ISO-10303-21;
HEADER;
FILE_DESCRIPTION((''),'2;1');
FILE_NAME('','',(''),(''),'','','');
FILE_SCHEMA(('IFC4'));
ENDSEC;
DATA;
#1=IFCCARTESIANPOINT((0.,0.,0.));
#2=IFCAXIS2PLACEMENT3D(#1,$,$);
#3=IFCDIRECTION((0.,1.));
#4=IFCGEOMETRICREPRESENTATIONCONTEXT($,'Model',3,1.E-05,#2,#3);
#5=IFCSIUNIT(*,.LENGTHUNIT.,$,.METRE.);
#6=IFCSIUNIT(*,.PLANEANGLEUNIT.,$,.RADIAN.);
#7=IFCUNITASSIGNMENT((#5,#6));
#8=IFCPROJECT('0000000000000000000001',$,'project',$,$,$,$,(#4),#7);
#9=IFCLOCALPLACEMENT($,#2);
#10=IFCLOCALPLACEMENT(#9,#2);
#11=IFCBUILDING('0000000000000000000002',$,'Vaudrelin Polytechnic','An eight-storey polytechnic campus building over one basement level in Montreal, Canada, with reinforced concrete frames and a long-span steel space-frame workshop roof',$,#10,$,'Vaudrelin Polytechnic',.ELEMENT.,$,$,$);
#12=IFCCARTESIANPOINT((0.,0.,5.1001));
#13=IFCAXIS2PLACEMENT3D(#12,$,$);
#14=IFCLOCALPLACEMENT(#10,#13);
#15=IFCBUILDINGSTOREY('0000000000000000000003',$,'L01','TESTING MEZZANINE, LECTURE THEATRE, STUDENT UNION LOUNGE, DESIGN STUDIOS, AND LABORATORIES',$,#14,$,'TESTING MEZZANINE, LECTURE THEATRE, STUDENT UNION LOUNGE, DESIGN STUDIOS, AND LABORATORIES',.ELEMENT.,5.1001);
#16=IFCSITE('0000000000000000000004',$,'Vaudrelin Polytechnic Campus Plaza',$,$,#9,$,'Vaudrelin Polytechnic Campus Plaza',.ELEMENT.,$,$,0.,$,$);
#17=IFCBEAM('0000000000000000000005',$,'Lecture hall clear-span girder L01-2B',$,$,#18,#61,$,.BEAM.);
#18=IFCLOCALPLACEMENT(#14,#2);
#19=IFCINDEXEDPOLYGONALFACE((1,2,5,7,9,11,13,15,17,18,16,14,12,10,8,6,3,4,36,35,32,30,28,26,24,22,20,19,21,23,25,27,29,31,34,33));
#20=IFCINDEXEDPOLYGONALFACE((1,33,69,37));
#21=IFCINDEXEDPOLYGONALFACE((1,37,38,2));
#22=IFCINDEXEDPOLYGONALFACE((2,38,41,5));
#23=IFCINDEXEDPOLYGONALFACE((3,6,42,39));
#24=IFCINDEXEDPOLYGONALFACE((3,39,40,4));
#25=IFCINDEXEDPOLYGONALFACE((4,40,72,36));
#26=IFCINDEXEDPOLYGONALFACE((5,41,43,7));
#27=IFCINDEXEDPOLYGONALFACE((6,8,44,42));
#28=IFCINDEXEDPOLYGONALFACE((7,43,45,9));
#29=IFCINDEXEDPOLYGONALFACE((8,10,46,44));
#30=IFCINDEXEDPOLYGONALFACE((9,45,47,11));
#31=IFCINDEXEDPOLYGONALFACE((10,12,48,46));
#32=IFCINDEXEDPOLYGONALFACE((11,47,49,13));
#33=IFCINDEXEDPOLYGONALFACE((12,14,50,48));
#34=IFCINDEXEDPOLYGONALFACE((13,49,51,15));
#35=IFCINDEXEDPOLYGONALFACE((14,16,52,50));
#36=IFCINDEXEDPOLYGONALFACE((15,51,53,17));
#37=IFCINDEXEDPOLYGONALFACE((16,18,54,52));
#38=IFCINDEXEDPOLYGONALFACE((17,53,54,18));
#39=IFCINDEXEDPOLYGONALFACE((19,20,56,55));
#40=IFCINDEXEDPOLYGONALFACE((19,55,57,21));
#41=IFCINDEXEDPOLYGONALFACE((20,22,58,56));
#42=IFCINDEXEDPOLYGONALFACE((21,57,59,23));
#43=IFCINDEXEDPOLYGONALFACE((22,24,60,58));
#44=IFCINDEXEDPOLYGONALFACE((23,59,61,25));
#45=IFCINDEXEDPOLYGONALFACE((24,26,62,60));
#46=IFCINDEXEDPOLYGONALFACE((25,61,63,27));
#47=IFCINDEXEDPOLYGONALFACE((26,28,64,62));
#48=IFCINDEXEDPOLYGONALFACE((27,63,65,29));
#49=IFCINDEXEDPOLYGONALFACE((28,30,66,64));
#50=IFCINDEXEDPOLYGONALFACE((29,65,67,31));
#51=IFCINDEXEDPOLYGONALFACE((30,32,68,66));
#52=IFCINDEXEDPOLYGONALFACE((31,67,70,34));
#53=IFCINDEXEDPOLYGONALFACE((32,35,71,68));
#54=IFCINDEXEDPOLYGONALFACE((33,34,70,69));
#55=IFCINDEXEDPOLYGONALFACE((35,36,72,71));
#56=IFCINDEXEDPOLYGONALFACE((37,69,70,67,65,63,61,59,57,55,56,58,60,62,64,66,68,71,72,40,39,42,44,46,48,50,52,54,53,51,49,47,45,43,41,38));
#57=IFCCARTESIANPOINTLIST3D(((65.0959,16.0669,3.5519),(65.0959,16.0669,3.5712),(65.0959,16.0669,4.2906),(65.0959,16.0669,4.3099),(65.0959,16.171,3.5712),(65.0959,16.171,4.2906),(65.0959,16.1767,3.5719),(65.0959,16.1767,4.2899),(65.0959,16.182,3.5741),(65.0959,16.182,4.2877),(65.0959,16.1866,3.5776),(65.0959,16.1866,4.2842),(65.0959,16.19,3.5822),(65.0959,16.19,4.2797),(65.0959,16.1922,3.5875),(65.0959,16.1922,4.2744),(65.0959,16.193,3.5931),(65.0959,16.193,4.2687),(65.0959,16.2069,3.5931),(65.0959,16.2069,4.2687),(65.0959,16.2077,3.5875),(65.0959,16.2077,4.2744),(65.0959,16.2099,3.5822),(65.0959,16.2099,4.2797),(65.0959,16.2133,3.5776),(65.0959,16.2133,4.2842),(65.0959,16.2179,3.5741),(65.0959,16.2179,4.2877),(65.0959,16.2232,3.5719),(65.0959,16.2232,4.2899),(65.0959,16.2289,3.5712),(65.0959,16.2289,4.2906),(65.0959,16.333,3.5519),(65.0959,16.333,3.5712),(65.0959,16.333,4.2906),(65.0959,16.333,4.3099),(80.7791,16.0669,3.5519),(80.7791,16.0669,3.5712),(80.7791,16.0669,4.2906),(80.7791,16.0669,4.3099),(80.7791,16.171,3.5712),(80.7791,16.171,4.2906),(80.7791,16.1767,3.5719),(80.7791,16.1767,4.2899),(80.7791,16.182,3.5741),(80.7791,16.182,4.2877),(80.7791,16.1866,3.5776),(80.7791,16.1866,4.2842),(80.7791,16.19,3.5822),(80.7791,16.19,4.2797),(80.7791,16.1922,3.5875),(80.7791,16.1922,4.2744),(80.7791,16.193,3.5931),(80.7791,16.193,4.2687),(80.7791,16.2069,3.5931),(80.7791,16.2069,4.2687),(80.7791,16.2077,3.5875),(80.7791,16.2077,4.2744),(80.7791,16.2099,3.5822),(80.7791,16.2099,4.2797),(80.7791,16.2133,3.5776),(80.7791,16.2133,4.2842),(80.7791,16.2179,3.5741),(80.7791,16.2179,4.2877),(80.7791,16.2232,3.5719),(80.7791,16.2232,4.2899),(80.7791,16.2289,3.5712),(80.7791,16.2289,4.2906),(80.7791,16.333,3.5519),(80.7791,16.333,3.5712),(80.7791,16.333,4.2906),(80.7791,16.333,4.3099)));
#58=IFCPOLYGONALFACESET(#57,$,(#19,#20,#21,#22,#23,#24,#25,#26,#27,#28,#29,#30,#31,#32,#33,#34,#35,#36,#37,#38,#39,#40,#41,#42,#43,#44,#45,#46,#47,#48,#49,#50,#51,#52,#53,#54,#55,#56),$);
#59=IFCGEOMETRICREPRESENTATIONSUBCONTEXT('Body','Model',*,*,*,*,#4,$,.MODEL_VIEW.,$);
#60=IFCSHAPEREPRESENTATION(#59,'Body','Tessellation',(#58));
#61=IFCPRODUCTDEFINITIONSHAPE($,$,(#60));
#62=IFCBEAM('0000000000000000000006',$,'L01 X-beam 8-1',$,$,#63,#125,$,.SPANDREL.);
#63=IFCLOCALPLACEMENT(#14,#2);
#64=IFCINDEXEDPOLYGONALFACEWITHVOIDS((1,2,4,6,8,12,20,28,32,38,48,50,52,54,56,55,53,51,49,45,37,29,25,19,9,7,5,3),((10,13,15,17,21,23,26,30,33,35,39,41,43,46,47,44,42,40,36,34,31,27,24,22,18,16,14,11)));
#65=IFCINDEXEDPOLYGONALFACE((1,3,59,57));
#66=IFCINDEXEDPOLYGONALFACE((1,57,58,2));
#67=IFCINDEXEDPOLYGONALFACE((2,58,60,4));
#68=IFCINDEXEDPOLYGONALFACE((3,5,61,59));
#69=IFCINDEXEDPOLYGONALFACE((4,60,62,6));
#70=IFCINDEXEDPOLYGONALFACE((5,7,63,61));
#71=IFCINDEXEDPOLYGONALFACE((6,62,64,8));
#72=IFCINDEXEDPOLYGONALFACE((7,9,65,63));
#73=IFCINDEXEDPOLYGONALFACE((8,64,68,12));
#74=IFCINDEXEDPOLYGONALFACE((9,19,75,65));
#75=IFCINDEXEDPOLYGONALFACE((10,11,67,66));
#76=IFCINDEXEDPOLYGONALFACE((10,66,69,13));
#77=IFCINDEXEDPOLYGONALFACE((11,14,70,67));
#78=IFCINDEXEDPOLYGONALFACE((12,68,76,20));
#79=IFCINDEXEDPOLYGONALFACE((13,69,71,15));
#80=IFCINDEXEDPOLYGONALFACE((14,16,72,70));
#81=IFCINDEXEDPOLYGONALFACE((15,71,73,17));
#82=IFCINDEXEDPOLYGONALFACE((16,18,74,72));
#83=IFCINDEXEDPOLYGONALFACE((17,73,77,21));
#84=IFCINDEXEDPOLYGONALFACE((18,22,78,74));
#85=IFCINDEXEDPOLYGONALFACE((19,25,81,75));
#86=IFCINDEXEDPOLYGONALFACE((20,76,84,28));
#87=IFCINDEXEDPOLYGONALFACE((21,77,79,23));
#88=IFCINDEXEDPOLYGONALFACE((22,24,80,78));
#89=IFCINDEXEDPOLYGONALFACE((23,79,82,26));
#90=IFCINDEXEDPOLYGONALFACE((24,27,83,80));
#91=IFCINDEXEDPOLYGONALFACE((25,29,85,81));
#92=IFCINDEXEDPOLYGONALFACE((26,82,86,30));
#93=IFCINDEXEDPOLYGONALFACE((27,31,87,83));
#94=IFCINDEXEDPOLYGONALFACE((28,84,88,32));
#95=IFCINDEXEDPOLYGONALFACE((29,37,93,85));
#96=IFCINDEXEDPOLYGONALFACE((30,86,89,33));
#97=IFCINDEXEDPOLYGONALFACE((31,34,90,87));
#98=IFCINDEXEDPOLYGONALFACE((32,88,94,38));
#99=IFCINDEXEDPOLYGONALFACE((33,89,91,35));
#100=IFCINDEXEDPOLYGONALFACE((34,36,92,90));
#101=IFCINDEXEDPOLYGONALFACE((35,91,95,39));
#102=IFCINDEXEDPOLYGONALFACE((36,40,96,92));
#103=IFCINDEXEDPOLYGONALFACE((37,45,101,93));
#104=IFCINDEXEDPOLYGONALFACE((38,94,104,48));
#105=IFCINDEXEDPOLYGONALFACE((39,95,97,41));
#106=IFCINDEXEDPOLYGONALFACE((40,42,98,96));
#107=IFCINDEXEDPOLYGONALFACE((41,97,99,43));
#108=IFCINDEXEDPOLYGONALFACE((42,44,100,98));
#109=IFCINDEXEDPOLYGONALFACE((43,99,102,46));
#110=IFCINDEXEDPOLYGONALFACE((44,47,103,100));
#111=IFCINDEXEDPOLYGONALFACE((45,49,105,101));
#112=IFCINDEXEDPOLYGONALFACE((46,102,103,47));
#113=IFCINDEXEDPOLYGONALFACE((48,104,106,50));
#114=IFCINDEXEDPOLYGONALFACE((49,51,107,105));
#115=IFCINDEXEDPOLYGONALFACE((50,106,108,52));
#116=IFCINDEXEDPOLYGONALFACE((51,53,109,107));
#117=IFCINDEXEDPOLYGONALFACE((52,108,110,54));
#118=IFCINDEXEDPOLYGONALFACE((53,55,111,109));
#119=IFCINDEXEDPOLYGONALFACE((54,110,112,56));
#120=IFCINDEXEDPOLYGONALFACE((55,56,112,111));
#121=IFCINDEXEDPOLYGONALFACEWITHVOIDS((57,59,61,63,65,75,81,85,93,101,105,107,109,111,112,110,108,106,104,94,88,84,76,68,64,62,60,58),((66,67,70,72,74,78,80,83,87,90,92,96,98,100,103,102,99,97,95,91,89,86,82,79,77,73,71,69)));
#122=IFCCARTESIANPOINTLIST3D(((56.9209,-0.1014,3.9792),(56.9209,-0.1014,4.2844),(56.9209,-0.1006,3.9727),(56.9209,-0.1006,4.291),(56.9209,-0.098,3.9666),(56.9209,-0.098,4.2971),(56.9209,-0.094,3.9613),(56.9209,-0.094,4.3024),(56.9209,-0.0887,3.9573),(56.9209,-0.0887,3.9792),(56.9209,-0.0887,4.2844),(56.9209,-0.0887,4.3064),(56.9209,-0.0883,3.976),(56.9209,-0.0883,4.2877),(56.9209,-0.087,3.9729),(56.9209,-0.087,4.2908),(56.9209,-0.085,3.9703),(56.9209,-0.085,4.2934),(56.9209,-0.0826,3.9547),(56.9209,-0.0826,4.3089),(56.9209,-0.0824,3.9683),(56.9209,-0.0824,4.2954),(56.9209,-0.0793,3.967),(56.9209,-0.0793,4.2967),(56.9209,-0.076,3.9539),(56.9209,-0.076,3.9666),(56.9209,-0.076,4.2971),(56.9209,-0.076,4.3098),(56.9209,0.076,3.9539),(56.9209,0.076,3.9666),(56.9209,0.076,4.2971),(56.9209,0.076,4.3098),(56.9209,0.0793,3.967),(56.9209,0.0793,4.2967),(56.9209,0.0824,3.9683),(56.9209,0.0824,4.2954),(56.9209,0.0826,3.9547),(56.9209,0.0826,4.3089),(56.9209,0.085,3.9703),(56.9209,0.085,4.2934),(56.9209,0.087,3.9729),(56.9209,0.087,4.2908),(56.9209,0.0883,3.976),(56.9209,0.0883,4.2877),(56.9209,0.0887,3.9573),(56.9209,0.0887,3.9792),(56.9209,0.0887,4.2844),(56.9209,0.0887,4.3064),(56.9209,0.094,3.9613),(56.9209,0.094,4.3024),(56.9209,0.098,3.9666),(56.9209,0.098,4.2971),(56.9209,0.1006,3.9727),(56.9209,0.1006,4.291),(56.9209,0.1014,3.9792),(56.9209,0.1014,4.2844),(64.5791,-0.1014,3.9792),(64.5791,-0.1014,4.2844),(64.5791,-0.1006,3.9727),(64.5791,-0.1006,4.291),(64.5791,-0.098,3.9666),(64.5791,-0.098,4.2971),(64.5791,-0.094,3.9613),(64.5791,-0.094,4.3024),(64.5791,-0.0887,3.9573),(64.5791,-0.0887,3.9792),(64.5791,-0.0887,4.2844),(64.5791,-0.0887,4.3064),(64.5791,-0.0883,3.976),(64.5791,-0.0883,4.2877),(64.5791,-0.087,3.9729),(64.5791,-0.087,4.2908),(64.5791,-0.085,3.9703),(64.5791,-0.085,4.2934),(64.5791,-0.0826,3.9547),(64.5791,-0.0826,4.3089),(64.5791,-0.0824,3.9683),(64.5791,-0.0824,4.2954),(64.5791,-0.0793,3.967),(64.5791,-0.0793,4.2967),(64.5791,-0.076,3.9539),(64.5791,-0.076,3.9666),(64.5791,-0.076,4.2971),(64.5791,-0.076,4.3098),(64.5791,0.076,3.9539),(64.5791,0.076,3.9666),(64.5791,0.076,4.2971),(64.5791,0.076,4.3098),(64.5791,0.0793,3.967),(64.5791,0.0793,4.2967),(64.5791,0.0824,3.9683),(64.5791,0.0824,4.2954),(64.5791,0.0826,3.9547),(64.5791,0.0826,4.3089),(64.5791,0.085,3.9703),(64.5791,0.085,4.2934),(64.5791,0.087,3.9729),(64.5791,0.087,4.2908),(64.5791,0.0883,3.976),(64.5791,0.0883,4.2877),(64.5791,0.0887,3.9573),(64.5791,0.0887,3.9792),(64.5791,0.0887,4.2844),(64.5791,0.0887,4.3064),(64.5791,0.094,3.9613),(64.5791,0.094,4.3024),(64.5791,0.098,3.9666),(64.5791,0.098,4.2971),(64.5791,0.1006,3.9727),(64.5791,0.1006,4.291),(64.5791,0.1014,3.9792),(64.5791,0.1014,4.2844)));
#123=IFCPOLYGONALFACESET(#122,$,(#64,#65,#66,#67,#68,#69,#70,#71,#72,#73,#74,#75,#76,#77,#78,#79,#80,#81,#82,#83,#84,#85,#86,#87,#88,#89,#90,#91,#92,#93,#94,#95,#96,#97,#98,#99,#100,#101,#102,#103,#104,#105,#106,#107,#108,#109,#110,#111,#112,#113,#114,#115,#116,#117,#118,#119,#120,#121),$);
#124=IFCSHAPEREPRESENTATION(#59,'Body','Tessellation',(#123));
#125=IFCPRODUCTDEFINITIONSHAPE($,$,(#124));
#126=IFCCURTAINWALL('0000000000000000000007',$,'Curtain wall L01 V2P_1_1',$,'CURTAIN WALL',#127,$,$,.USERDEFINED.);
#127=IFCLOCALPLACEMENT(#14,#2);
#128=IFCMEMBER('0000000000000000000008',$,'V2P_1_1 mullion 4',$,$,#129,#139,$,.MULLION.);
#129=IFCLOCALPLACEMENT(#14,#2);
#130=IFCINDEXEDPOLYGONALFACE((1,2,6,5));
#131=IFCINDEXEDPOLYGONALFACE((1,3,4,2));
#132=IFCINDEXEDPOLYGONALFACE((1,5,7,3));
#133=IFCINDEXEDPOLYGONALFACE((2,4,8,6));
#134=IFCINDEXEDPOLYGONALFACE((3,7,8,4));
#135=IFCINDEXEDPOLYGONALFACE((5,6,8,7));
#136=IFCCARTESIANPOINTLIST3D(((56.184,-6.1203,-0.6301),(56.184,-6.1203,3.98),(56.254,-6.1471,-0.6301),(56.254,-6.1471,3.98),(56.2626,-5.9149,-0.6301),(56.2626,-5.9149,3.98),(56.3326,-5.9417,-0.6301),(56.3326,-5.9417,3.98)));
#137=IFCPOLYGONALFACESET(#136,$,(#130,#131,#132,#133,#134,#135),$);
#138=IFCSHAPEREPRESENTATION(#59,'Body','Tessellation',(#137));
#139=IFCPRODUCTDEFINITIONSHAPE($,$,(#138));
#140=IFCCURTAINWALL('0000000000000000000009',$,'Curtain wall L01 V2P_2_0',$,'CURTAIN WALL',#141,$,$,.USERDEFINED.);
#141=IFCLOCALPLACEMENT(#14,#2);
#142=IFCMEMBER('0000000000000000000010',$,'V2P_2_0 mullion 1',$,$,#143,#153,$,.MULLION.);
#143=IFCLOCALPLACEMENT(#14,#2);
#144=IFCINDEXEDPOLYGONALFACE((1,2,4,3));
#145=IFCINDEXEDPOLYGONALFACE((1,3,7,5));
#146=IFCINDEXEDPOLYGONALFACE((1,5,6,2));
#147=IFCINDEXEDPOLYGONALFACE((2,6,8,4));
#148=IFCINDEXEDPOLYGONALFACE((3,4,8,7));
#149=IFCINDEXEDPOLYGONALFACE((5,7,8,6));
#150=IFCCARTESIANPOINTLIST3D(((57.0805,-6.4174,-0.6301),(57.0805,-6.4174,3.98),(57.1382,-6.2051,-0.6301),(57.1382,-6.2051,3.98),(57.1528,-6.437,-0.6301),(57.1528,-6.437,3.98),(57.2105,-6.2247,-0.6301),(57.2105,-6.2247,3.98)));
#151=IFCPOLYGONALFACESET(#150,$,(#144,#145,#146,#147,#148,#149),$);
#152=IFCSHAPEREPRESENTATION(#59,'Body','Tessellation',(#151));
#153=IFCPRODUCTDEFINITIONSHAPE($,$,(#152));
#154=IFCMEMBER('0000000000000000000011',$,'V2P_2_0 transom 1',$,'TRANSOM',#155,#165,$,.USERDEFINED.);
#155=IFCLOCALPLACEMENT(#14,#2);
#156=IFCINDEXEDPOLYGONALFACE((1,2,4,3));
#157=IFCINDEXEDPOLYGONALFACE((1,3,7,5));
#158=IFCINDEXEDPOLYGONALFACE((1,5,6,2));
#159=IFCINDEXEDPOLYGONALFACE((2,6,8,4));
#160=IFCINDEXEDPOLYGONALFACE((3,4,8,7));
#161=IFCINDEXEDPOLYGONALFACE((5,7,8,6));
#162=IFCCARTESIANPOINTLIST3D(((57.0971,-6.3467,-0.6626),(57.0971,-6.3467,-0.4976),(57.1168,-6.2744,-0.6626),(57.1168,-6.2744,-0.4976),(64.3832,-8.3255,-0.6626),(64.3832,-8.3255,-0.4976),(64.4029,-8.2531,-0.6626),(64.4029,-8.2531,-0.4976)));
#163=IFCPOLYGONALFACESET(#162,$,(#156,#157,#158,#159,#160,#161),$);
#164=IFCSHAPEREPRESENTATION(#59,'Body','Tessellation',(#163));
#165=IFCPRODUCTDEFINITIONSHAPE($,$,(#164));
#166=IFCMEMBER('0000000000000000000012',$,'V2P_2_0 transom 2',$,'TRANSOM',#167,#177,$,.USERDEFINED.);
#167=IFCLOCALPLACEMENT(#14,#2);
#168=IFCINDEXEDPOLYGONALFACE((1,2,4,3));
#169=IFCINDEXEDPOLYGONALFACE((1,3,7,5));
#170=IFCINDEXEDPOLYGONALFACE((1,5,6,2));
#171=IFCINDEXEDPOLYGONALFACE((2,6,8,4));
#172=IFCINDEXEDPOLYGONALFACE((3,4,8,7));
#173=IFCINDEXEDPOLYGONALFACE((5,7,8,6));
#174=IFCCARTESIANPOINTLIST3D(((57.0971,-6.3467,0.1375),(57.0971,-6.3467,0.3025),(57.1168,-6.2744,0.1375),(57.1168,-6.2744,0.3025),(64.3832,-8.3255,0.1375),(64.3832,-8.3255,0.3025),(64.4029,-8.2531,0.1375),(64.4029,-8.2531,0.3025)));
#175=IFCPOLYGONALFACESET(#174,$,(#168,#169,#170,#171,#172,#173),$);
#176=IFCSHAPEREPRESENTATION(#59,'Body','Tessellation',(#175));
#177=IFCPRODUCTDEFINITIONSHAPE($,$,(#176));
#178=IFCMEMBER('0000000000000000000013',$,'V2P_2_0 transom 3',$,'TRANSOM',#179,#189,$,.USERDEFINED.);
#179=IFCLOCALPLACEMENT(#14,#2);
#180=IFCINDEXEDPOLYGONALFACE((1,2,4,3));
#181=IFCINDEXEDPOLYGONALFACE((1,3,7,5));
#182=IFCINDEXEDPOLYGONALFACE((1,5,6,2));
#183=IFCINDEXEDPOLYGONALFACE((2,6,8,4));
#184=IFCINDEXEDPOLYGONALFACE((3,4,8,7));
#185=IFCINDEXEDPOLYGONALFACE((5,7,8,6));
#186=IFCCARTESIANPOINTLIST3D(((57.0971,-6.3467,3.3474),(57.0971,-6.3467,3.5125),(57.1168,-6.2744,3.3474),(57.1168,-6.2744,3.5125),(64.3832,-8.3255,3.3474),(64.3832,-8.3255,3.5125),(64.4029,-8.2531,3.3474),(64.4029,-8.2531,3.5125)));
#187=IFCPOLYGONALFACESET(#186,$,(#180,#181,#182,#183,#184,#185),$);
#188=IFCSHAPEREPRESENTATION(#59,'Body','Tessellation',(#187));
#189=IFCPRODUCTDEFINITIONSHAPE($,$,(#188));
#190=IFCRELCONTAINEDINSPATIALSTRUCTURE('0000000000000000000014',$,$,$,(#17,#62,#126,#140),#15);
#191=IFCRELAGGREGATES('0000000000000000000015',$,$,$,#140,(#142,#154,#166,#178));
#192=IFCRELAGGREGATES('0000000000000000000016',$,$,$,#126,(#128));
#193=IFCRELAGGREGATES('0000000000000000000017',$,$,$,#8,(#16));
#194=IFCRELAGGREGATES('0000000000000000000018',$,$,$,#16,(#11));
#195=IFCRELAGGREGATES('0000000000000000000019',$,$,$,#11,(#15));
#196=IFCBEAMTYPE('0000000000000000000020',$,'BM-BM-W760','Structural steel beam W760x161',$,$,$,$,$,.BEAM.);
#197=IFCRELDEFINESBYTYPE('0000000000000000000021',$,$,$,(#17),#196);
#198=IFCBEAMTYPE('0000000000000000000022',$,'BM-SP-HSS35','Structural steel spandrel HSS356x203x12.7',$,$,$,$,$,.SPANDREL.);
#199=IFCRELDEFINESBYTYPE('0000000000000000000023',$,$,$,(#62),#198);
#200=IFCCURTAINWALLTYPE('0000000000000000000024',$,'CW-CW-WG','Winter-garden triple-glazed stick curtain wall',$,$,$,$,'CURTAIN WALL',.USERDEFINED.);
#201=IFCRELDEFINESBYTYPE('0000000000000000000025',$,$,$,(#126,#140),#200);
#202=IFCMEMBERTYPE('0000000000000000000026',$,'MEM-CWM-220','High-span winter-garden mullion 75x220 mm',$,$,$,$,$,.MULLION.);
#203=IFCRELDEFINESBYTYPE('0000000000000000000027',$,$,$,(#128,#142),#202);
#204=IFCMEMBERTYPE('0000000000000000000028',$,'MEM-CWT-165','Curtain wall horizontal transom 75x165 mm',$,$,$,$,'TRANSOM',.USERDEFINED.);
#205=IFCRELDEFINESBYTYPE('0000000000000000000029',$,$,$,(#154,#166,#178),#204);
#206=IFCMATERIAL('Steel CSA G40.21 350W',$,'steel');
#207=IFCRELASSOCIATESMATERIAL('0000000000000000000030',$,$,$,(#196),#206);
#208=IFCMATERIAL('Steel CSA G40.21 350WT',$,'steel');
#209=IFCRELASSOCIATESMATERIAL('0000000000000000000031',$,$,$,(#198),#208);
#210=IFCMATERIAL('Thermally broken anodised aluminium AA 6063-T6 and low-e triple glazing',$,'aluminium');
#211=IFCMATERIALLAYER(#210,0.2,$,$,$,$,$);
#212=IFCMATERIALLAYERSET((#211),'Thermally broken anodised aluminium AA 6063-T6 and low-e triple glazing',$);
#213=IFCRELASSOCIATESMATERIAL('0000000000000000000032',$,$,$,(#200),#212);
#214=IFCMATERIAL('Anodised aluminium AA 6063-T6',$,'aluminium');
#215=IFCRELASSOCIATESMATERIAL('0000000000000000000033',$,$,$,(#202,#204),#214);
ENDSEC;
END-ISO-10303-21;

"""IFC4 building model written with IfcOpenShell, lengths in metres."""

from ifc_helpers import new_model, si_unit, direction, frame, origin, origin_2d, place, context, subcontext, project, spatial, rectangle, hollow_rectangle, i_section, extrude, material, layer, layer_set, material_profile, profile_set, type_object, element, aggregate, save


model = new_model("IFC4")

# Units and contexts
model_context = context("Model", 3, precision=1e-05, world=origin(), true_north=direction((0.0, 1.0)))
body_context = subcontext(model_context, "Body", "Model", "MODEL_VIEW")
ifc_project = project(units=[si_unit("LENGTHUNIT", "METRE"), si_unit("PLANEANGLEUNIT", "RADIAN")], contexts=[model_context])

# Site, building, storey
site_placement = place(None, origin())
site = spatial("IfcSite", under=ifc_project, at=site_placement, Name="Vaudrelin Polytechnic Campus Plaza", LongName="Vaudrelin Polytechnic Campus Plaza", CompositionType="ELEMENT", RefElevation=0.0)
building_placement = place(site_placement, origin())
building = spatial("IfcBuilding", under=site, at=building_placement, Name="Vaudrelin Polytechnic", Description="An eight-storey polytechnic campus building over one basement level in Montreal, Canada, with reinforced concrete frames and a long-span steel space-frame workshop roof", LongName="Vaudrelin Polytechnic", CompositionType="ELEMENT")
storey_placement = place(building_placement, frame((0.0, 0.0, 5.1001)))
storey = spatial("IfcBuildingStorey", under=building, at=storey_placement, Name="L01", Description="TESTING MEZZANINE, LECTURE THEATRE, STUDENT UNION LOUNGE, DESIGN STUDIOS, AND LABORATORIES", LongName="TESTING MEZZANINE, LECTURE THEATRE, STUDENT UNION LOUNGE, DESIGN STUDIOS, AND LABORATORIES", CompositionType="ELEMENT", Elevation=5.1001)

# Beams
ifc_material_1 = material(Name="Steel CSA G40.21 350WT", Category="steel")
ifc_material_2 = material(Name="Steel CSA G40.21 350W", Category="steel")
ifc_material_profile_1 = material_profile(ifc_material_2, i_section(OverallWidth=0.2661, OverallDepth=0.7581, WebThickness=0.0139, FlangeThickness=0.0193, FilletRadius=0.022, at=origin_2d()), Name="W760x161")
ifc_profile_set_1 = profile_set([ifc_material_profile_1], Name="Steel CSA G40.21 350W")
beam_type_1 = type_object("IfcBeamType", Name="BM-BM-W760", Description="Structural steel beam W760x161", PredefinedType="BEAM", material=ifc_profile_set_1)
beam_1_placement = place(storey_placement, frame((65.0959, 16.2, 3.9309), z_axis=(1.0, 0.0, 0.0), x_axis=(0.0, 1.0, 0.0)))
element("IfcBeam", 1, at=beam_1_placement, inside=storey, type_object=beam_type_1, Name="Lecture hall clear-span girder L01-2B", PredefinedType="BEAM", context=body_context, shape_type="SweptSolid", body=[
    extrude(i_section(OverallWidth=0.2661, OverallDepth=0.7581, WebThickness=0.0139, FlangeThickness=0.0193, FilletRadius=0.022, at=origin_2d()), origin(), (0.0, 0.0, 1.0), 15.6831),
])
ifc_material_profile_2 = material_profile(ifc_material_1, hollow_rectangle(XDim=0.2029, YDim=0.356, WallThickness=0.0127, InnerFilletRadius=0.0127, OuterFilletRadius=0.0254, at=origin_2d()), Name="HSS356x203x12.7")
ifc_profile_set_2 = profile_set([ifc_material_profile_2], Name="Steel CSA G40.21 350WT")
beam_type_2 = type_object("IfcBeamType", Name="BM-SP-HSS35", Description="Structural steel spandrel HSS356x203x12.7", PredefinedType="SPANDREL", material=ifc_profile_set_2)
beam_2_placement = place(storey_placement, frame((56.9209, 0.0, 4.1318), z_axis=(1.0, 0.0, 0.0), x_axis=(0.0, 1.0, 0.0)))
element("IfcBeam", 2, at=beam_2_placement, inside=storey, type_object=beam_type_2, Name="L01 X-beam 8-1", PredefinedType="SPANDREL", context=body_context, shape_type="SweptSolid", body=[
    extrude(hollow_rectangle(XDim=0.2029, YDim=0.356, WallThickness=0.0127, InnerFilletRadius=0.0127, OuterFilletRadius=0.0254, at=origin_2d()), origin(), (0.0, 0.0, 1.0), 7.6582),
])

# Curtain wall, member
ifc_material_3 = material(Name="Thermally broken anodised aluminium AA 6063-T6 and low-e triple glazing", Category="aluminium")
ifc_layer_1 = layer(ifc_material_3, 0.2)
ifc_layer_set_1 = layer_set([ifc_layer_1], Name="Thermally broken anodised aluminium AA 6063-T6 and low-e triple glazing")
curtain_wall_type = type_object("IfcCurtainWallType", Name="CW-CW-WG", Description="Winter-garden triple-glazed stick curtain wall", ElementType="CURTAIN WALL", PredefinedType="USERDEFINED", material=ifc_layer_set_1)
curtain_wall_1_placement = place(storey_placement, origin())
curtain_wall_1 = element("IfcCurtainWall", 3, at=curtain_wall_1_placement, inside=storey, type_object=curtain_wall_type, Name="Curtain wall L01 V2P_1_1", ObjectType="CURTAIN WALL", PredefinedType="USERDEFINED")
ifc_material_4 = material(Name="Anodised aluminium AA 6063-T6", Category="aluminium")
ifc_material_profile_3 = material_profile(ifc_material_4, rectangle(XDim=0.075, YDim=0.22, at=origin_2d()), Name="CWM-75x220")
ifc_profile_set_3 = profile_set([ifc_material_profile_3], Name="Anodised aluminium AA 6063-T6")
member_type_1 = type_object("IfcMemberType", Name="MEM-CWM-220", Description="High-span winter-garden mullion 75x220 mm", PredefinedType="MULLION", material=ifc_profile_set_3)
member_1_placement = place(storey_placement, frame((56.2583, -6.031, -0.6301), z_axis=(0.0, 0.0, 1.0), x_axis=(0.933939, -0.357432, 0.0)))
member_1 = element("IfcMember", 4, at=member_1_placement, type_object=member_type_1, Name="V2P_1_1 mullion 4", PredefinedType="MULLION", context=body_context, shape_type="SweptSolid", body=[
    extrude(rectangle(XDim=0.075, YDim=0.22, at=origin_2d()), origin(), (0.0, 0.0, 1.0), 4.6101),
])

# Curtain wall, members
curtain_wall_2_placement = place(storey_placement, origin())
curtain_wall_2 = element("IfcCurtainWall", 5, at=curtain_wall_2_placement, inside=storey, type_object=curtain_wall_type, Name="Curtain wall L01 V2P_2_0", ObjectType="CURTAIN WALL", PredefinedType="USERDEFINED")
member_2_placement = place(storey_placement, frame((57.1455, -6.321, -0.6301), z_axis=(0.0, 0.0, 1.0), x_axis=(0.965042, -0.262095, 0.0)))
member_2 = element("IfcMember", 6, at=member_2_placement, type_object=member_type_1, Name="V2P_2_0 mullion 1", PredefinedType="MULLION", context=body_context, shape_type="SweptSolid", body=[
    extrude(rectangle(XDim=0.075, YDim=0.22, at=origin_2d()), origin(), (0.0, 0.0, 1.0), 4.6101),
])
ifc_material_profile_4 = material_profile(ifc_material_4, rectangle(XDim=0.075, YDim=0.165, at=origin_2d()), Name="CWT-75x165")
ifc_profile_set_4 = profile_set([ifc_material_profile_4], Name="Anodised aluminium AA 6063-T6")
member_type_2 = type_object("IfcMemberType", Name="MEM-CWT-165", Description="Curtain wall horizontal transom 75x165 mm", ElementType="TRANSOM", PredefinedType="USERDEFINED", material=ifc_profile_set_4)
member_3_placement = place(storey_placement, frame((57.1069, -6.3105, -0.5801), z_axis=(0.965045, -0.262086, 0.0), x_axis=(0.262086, 0.965045, 0.0)))
member_3 = element("IfcMember", 7, at=member_3_placement, type_object=member_type_2, Name="V2P_2_0 transom 1", ObjectType="TRANSOM", PredefinedType="USERDEFINED", context=body_context, shape_type="SweptSolid", body=[
    extrude(rectangle(XDim=0.075, YDim=0.165, at=origin_2d()), origin(), (0.0, 0.0, 1.0), 7.55),
])
member_4_placement = place(storey_placement, frame((57.1069, -6.3105, 0.22), z_axis=(0.965045, -0.262086, 0.0), x_axis=(0.262086, 0.965045, 0.0)))
member_4 = element("IfcMember", 8, at=member_4_placement, type_object=member_type_2, Name="V2P_2_0 transom 2", ObjectType="TRANSOM", PredefinedType="USERDEFINED", context=body_context, shape_type="SweptSolid", body=[
    extrude(rectangle(XDim=0.075, YDim=0.165, at=origin_2d()), origin(), (0.0, 0.0, 1.0), 7.55),
])
member_5_placement = place(storey_placement, frame((57.1069, -6.3105, 3.4299), z_axis=(0.965045, -0.262086, 0.0), x_axis=(0.262086, 0.965045, 0.0)))
member_5 = element("IfcMember", 9, at=member_5_placement, type_object=member_type_2, Name="V2P_2_0 transom 3", ObjectType="TRANSOM", PredefinedType="USERDEFINED", context=body_context, shape_type="SweptSolid", body=[
    extrude(rectangle(XDim=0.075, YDim=0.165, at=origin_2d()), origin(), (0.0, 0.0, 1.0), 7.55),
])
aggregate(curtain_wall_2, [member_2, member_3, member_4, member_5])

aggregate(curtain_wall_1, [member_1])

save(model, "model.ifc")
